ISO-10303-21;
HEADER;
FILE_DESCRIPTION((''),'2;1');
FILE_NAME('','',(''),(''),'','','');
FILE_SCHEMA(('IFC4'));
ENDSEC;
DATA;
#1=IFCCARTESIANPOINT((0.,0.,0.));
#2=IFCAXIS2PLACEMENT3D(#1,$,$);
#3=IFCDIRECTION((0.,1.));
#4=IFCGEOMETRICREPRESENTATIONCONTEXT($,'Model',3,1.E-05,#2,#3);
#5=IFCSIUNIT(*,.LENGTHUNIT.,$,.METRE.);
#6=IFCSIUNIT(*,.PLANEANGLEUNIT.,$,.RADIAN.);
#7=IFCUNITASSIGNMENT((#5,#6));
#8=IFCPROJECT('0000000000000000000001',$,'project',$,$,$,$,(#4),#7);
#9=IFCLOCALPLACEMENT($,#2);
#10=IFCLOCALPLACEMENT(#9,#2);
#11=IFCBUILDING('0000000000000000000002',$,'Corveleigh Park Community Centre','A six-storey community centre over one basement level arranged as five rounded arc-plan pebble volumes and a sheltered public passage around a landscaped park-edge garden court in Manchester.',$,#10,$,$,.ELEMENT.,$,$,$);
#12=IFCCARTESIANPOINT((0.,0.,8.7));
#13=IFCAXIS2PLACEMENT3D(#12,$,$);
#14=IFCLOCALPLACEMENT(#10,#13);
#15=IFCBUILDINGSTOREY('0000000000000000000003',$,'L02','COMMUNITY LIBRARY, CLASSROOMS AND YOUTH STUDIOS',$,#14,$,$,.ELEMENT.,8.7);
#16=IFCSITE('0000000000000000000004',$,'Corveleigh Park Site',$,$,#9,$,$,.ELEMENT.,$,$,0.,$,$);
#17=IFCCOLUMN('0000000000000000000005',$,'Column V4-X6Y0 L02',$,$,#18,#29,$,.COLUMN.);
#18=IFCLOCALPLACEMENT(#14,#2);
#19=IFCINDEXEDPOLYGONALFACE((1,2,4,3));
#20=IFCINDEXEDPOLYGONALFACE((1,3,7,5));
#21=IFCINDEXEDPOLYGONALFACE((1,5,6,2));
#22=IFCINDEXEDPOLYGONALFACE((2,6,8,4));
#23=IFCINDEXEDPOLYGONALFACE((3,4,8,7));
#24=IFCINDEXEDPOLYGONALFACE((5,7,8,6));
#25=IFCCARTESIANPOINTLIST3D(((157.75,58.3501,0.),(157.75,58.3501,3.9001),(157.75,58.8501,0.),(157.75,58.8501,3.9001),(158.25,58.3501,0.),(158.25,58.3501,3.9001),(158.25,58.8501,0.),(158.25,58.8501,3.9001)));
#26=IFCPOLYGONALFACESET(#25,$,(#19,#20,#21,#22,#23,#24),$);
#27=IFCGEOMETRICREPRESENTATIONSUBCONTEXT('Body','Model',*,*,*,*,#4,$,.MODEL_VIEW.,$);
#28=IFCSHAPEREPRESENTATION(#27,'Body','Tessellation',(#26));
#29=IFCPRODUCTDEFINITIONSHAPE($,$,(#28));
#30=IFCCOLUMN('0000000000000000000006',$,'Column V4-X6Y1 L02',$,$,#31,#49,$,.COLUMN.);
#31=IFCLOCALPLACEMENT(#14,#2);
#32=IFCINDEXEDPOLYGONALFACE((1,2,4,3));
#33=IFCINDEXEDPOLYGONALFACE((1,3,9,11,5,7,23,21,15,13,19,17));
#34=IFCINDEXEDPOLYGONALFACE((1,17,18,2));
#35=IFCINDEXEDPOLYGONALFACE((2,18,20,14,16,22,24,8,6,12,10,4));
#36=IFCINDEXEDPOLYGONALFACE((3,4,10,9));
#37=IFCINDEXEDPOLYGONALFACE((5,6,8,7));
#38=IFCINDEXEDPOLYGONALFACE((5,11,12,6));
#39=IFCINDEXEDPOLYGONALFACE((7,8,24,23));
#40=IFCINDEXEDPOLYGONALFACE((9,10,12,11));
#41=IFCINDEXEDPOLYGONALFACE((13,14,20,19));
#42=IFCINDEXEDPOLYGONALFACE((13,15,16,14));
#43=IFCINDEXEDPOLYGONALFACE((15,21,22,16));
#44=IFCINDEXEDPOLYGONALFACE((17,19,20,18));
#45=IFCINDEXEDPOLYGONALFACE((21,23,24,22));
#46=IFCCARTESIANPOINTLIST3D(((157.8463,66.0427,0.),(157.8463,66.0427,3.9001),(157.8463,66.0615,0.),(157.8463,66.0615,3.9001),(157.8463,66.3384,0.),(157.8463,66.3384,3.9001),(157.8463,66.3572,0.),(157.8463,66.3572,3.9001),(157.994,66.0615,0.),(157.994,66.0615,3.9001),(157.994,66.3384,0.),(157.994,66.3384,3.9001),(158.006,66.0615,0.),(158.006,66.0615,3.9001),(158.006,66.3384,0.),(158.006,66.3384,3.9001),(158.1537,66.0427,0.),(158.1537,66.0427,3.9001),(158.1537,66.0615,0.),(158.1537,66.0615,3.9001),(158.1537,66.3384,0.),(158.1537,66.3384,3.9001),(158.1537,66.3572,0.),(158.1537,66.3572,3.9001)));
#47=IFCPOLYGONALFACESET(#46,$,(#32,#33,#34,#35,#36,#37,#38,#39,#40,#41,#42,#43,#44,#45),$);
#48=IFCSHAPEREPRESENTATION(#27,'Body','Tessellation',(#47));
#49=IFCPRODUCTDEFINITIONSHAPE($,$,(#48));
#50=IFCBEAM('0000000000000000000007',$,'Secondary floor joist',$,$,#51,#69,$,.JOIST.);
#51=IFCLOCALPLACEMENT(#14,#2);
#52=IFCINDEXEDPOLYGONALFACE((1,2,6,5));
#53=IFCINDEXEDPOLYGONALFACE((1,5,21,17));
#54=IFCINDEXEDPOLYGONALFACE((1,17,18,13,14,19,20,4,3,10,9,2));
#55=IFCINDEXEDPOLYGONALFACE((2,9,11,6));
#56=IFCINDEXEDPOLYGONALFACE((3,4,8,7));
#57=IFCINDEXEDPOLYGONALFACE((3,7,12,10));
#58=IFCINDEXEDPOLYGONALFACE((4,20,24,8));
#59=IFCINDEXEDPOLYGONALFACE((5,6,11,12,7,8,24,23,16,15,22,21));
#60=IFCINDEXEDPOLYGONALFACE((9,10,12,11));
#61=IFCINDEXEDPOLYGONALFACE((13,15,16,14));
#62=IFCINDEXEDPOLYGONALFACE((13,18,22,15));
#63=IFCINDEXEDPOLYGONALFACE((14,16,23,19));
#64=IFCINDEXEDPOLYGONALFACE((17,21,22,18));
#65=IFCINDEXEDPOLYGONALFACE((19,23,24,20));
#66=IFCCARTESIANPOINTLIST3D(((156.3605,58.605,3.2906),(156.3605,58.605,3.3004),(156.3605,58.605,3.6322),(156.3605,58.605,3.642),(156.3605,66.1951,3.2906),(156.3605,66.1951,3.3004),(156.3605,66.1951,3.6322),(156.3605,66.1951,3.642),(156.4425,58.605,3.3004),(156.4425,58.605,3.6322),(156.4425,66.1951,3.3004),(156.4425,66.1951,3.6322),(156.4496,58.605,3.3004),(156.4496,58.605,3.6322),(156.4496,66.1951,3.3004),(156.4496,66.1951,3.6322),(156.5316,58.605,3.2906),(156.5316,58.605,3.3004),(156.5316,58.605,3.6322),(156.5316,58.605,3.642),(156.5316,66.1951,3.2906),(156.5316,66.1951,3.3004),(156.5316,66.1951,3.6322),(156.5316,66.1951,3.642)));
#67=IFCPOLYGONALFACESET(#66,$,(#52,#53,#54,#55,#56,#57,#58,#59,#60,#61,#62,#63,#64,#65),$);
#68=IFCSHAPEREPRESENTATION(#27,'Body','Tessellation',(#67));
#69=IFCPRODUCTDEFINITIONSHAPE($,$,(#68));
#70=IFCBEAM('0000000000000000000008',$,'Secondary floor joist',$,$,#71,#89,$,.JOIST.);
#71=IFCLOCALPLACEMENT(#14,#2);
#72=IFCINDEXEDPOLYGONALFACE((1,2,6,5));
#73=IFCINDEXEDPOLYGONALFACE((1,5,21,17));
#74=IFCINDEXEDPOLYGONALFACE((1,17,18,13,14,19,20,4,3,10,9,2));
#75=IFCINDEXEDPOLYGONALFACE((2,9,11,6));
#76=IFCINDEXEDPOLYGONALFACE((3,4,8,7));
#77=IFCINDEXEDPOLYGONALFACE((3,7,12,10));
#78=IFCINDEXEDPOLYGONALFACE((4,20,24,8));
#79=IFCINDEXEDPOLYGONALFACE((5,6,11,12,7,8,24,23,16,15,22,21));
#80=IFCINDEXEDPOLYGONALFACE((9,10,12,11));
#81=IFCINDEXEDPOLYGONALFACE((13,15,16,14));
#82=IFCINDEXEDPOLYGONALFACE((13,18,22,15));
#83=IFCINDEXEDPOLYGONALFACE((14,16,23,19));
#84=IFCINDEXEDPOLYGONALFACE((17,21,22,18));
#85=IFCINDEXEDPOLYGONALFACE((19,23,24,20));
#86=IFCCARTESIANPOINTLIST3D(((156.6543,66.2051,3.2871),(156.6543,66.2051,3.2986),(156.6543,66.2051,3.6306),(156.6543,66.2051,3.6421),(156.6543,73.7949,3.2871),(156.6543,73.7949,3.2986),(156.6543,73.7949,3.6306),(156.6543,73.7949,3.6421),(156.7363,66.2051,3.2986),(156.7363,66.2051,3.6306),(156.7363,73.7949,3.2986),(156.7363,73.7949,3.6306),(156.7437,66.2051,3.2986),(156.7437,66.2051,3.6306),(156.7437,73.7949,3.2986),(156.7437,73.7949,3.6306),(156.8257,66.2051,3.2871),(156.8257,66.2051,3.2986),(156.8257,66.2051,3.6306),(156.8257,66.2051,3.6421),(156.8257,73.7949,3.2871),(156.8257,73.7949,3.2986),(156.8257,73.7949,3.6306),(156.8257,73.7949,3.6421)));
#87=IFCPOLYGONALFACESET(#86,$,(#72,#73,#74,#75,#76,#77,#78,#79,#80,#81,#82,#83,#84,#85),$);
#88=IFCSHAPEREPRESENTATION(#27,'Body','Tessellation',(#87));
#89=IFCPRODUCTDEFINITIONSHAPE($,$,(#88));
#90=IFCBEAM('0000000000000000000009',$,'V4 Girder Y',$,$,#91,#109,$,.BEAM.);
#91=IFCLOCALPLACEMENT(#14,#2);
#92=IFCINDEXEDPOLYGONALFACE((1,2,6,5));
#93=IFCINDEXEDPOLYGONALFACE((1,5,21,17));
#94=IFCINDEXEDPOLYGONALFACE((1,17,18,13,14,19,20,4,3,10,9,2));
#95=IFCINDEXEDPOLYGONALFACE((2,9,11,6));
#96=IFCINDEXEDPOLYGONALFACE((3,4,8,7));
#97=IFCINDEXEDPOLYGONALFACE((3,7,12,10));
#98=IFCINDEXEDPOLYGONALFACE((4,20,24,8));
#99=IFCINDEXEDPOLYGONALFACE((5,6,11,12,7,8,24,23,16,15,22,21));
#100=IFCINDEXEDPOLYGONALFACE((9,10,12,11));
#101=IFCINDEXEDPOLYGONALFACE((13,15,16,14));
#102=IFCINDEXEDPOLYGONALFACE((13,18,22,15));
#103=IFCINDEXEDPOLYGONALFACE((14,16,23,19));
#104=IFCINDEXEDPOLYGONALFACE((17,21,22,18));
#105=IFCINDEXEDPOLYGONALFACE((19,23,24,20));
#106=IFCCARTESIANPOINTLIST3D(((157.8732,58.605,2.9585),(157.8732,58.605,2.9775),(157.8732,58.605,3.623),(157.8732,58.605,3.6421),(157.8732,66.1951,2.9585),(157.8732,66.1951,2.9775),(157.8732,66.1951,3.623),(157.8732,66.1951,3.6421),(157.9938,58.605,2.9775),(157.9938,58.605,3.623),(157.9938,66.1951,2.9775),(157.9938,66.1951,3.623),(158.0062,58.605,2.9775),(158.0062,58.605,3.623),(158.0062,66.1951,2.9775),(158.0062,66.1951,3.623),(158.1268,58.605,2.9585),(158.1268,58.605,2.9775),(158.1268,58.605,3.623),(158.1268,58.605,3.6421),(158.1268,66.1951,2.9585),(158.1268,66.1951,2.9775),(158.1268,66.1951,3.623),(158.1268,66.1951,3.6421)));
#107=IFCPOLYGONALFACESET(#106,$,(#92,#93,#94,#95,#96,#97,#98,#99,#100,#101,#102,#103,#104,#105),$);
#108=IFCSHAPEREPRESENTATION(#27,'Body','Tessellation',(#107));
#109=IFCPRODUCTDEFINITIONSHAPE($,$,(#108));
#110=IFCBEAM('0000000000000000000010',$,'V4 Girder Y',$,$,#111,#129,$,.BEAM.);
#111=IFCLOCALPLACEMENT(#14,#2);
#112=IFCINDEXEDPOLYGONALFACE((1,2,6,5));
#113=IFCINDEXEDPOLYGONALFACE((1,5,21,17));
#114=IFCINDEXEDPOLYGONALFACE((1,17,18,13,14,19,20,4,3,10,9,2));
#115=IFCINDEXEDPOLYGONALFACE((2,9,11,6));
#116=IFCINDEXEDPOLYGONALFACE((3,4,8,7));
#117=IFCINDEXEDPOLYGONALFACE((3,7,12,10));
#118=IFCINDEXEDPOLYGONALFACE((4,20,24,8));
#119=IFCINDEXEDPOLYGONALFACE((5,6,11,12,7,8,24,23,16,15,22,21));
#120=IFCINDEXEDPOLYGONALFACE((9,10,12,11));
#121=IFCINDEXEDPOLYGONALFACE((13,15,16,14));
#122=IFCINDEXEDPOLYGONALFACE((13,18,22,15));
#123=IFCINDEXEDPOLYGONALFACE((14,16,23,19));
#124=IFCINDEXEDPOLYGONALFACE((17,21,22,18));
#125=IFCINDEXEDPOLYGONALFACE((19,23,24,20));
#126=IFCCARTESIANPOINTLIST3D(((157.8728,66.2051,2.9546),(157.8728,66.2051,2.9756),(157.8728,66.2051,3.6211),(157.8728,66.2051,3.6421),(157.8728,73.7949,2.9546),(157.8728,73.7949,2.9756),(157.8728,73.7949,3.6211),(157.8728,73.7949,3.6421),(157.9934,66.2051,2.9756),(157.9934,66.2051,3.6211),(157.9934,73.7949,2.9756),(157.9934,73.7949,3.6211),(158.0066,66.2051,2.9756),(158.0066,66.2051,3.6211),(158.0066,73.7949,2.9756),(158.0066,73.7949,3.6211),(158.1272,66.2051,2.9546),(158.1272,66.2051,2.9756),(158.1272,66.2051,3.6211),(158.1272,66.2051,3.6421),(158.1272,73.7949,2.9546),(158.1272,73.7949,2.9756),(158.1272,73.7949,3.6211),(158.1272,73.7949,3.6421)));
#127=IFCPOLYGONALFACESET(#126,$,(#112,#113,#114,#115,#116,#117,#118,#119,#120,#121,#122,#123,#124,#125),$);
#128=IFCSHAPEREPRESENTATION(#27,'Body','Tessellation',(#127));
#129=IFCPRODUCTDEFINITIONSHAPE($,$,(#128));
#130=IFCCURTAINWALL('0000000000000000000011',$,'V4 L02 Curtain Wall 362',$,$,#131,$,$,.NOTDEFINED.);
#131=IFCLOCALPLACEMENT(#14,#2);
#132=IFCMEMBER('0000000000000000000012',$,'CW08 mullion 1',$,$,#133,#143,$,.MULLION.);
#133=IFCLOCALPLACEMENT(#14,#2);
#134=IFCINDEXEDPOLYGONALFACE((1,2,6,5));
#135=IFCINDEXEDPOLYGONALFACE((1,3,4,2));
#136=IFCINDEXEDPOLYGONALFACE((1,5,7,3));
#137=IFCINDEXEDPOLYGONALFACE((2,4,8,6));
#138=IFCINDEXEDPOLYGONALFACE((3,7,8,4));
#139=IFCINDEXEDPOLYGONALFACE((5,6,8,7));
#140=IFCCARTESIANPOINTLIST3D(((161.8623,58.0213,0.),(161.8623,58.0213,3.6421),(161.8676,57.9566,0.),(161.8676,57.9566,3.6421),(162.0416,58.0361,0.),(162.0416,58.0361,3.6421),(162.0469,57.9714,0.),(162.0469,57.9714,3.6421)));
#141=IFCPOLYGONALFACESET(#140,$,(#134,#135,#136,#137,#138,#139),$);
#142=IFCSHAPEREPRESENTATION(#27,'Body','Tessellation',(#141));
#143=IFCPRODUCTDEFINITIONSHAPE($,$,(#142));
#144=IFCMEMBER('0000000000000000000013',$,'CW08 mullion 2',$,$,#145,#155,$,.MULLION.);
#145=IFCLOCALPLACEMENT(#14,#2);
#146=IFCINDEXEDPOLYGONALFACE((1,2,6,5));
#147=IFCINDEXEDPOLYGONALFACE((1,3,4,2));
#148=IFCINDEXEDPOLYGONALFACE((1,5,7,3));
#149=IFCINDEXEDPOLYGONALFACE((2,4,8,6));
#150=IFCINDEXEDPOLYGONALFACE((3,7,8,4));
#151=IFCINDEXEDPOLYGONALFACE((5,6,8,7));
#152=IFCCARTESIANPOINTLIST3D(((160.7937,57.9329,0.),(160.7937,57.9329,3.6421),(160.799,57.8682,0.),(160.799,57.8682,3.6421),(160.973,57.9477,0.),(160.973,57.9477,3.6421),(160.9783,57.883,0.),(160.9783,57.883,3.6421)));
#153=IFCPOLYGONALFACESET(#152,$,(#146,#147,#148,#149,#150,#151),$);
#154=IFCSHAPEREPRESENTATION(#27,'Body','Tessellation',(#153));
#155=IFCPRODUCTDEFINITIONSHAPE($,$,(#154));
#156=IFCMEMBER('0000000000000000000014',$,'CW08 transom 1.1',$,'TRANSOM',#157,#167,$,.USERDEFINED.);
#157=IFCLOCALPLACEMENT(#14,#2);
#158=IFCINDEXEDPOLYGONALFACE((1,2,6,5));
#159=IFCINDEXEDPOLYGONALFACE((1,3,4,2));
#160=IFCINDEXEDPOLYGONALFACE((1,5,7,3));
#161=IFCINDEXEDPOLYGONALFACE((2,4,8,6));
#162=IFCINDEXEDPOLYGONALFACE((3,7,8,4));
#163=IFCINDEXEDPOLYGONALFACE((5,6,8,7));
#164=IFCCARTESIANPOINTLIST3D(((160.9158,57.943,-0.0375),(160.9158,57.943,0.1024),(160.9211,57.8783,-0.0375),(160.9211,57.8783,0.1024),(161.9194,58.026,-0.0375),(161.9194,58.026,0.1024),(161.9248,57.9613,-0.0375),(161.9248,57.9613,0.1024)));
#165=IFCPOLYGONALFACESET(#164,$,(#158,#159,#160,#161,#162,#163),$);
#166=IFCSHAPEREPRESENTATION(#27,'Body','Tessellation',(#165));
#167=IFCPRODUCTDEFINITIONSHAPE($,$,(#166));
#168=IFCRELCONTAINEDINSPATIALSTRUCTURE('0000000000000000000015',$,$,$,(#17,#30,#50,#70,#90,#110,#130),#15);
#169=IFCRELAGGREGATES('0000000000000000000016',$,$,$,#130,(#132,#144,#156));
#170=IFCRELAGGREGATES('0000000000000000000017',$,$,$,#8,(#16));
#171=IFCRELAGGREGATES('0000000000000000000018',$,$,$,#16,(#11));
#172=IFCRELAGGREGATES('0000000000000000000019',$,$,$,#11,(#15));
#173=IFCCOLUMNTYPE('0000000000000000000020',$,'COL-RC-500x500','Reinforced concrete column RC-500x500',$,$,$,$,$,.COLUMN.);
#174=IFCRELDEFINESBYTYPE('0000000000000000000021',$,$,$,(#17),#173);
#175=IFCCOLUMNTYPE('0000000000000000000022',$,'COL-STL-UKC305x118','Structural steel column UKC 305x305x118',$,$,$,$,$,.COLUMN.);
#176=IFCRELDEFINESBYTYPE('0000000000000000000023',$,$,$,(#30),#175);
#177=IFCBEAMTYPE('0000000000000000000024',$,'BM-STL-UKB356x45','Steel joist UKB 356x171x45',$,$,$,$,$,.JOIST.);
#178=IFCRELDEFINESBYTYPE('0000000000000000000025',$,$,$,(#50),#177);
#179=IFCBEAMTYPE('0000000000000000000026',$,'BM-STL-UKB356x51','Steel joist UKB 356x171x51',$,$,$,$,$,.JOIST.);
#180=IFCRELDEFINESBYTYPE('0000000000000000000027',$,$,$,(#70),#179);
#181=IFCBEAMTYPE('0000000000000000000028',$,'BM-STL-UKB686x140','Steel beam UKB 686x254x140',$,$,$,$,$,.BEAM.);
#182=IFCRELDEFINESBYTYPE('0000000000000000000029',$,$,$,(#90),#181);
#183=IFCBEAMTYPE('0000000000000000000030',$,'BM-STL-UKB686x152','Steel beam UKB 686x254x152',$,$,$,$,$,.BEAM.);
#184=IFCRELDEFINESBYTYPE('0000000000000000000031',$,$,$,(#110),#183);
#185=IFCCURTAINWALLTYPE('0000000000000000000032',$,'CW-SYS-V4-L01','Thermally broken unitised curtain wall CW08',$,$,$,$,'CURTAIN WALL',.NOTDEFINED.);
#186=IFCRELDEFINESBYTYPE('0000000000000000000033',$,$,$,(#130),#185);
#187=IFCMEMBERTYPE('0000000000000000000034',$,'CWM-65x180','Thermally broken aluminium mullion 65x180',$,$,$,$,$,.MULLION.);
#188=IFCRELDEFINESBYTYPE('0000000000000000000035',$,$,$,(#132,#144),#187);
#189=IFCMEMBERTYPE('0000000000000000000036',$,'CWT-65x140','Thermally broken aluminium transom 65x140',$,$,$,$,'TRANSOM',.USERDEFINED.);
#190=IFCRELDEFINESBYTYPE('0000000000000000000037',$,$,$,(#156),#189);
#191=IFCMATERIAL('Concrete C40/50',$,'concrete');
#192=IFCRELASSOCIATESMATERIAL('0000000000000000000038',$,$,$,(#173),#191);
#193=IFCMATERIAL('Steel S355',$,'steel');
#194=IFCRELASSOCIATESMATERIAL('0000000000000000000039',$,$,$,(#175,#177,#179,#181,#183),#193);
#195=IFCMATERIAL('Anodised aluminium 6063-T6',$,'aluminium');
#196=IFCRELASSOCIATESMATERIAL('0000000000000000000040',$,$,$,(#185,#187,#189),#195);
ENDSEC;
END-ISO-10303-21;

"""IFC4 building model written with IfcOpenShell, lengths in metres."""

from ifc_helpers import new_model, si_unit, direction, frame, origin, origin_2d, place, context, subcontext, project, spatial, rectangle, i_section, extrude, material, material_profile, profile_set, type_object, element, aggregate, save


model = new_model("IFC4")

# Units and contexts
model_context = context("Model", 3, precision=1e-05, world=origin(), true_north=direction((0.0, 1.0)))
body_context = subcontext(model_context, "Body", "Model", "MODEL_VIEW")
ifc_project = project(units=[si_unit("LENGTHUNIT", "METRE"), si_unit("PLANEANGLEUNIT", "RADIAN")], contexts=[model_context])

# Site, building, storey
site_placement = place(None, origin())
site = spatial("IfcSite", under=ifc_project, at=site_placement, Name="Corveleigh Park Site", CompositionType="ELEMENT", RefElevation=0.0)
building_placement = place(site_placement, origin())
building = spatial("IfcBuilding", under=site, at=building_placement, Name="Corveleigh Park Community Centre", Description="A six-storey community centre over one basement level arranged as five rounded arc-plan pebble volumes and a sheltered public passage around a landscaped park-edge garden court in Manchester.", CompositionType="ELEMENT")
storey_placement = place(building_placement, frame((0.0, 0.0, 8.7)))
storey = spatial("IfcBuildingStorey", under=building, at=storey_placement, Name="L02", Description="COMMUNITY LIBRARY, CLASSROOMS AND YOUTH STUDIOS", CompositionType="ELEMENT", Elevation=8.7)

# Columns
ifc_material_1 = material(Name="Concrete C40/50", Category="concrete")
ifc_material_profile_1 = material_profile(ifc_material_1, rectangle(XDim=0.5, YDim=0.5, at=origin_2d()), Name="RC-500x500", Category="concrete")
ifc_profile_set_1 = profile_set([ifc_material_profile_1], Name="Concrete C40/50")
column_type_1 = type_object("IfcColumnType", Name="COL-RC-500x500", Description="Reinforced concrete column RC-500x500", PredefinedType="COLUMN", material=ifc_profile_set_1)
column_1_placement = place(storey_placement, frame((158.0, 58.6001, 0.0), z_axis=(0.0, 0.0, 1.0), x_axis=(1.0, 0.0, 0.0)))
element("IfcColumn", 1, at=column_1_placement, inside=storey, type_object=column_type_1, Name="Column V4-X6Y0 L02", PredefinedType="COLUMN", context=body_context, shape_type="SweptSolid", body=[
    extrude(rectangle(XDim=0.5, YDim=0.5, at=origin_2d()), origin(), (0.0, 0.0, 1.0), 3.9001),
])
ifc_material_2 = material(Name="Steel S355", Category="steel")
ifc_material_profile_2 = material_profile(ifc_material_2, i_section(OverallWidth=0.3074, OverallDepth=0.3145, WebThickness=0.012, FlangeThickness=0.0188, at=origin_2d()), Name="UKC 305x305x118", Category="steel")
ifc_profile_set_2 = profile_set([ifc_material_profile_2], Name="Steel S355")
column_type_2 = type_object("IfcColumnType", Name="COL-STL-UKC305x118", Description="Structural steel column UKC 305x305x118", PredefinedType="COLUMN", material=ifc_profile_set_2)
column_2_placement = place(storey_placement, frame((158.0, 66.2, 0.0), z_axis=(0.0, 0.0, 1.0), x_axis=(1.0, 0.0, 0.0)))
element("IfcColumn", 2, at=column_2_placement, inside=storey, type_object=column_type_2, Name="Column V4-X6Y1 L02", PredefinedType="COLUMN", context=body_context, shape_type="SweptSolid", body=[
    extrude(i_section(OverallWidth=0.3074, OverallDepth=0.3145, WebThickness=0.012, FlangeThickness=0.0188, at=origin_2d()), origin(), (0.0, 0.0, 1.0), 3.9001),
])

# Beams
ifc_material_profile_3 = material_profile(ifc_material_2, i_section(OverallWidth=0.1711, OverallDepth=0.3513, WebThickness=0.0071, FlangeThickness=0.0098, at=origin_2d()), Name="UKB 356x171x45", Category="steel")
ifc_profile_set_3 = profile_set([ifc_material_profile_3], Name="Steel S355")
beam_type_1 = type_object("IfcBeamType", Name="BM-STL-UKB356x45", Description="Steel joist UKB 356x171x45", PredefinedType="JOIST", material=ifc_profile_set_3)
beam_1_placement = place(storey_placement, frame((156.446, 58.605, 3.4663), z_axis=(0.0, 1.0, 0.0), x_axis=(-1.0, 0.0, 0.0)))
element("IfcBeam", 3, at=beam_1_placement, inside=storey, type_object=beam_type_1, Name="Secondary floor joist", PredefinedType="JOIST", context=body_context, shape_type="SweptSolid", body=[
    extrude(i_section(OverallWidth=0.1711, OverallDepth=0.3513, WebThickness=0.0071, FlangeThickness=0.0098, at=origin_2d()), origin(), (0.0, 0.0, 1.0), 7.5901),
])
ifc_material_profile_4 = material_profile(ifc_material_2, i_section(OverallWidth=0.1714, OverallDepth=0.355, WebThickness=0.0073, FlangeThickness=0.0115, at=origin_2d()), Name="UKB 356x171x51", Category="steel")
ifc_profile_set_4 = profile_set([ifc_material_profile_4], Name="Steel S355")
beam_type_2 = type_object("IfcBeamType", Name="BM-STL-UKB356x51", Description="Steel joist UKB 356x171x51", PredefinedType="JOIST", material=ifc_profile_set_4)
beam_2_placement = place(storey_placement, frame((156.74, 66.2051, 3.4646), z_axis=(0.0, 1.0, 0.0), x_axis=(-1.0, 0.0, 0.0)))
element("IfcBeam", 4, at=beam_2_placement, inside=storey, type_object=beam_type_2, Name="Secondary floor joist", PredefinedType="JOIST", context=body_context, shape_type="SweptSolid", body=[
    extrude(i_section(OverallWidth=0.1714, OverallDepth=0.355, WebThickness=0.0073, FlangeThickness=0.0115, at=origin_2d()), origin(), (0.0, 0.0, 1.0), 7.5898),
])
ifc_material_profile_5 = material_profile(ifc_material_2, i_section(OverallWidth=0.2537, OverallDepth=0.6836, WebThickness=0.0125, FlangeThickness=0.019, at=origin_2d()), Name="UKB 686x254x140", Category="steel")
ifc_profile_set_5 = profile_set([ifc_material_profile_5], Name="Steel S355")
beam_type_3 = type_object("IfcBeamType", Name="BM-STL-UKB686x140", Description="Steel beam UKB 686x254x140", PredefinedType="BEAM", material=ifc_profile_set_5)
beam_3_placement = place(storey_placement, frame((158.0, 58.605, 3.3003), z_axis=(0.0, 1.0, 0.0), x_axis=(-1.0, 0.0, 0.0)))
element("IfcBeam", 5, at=beam_3_placement, inside=storey, type_object=beam_type_3, Name="V4 Girder Y", PredefinedType="BEAM", context=body_context, shape_type="SweptSolid", body=[
    extrude(i_section(OverallWidth=0.2537, OverallDepth=0.6836, WebThickness=0.0125, FlangeThickness=0.019, at=origin_2d()), origin(), (0.0, 0.0, 1.0), 7.5901),
])
ifc_material_profile_6 = material_profile(ifc_material_2, i_section(OverallWidth=0.2544, OverallDepth=0.6875, WebThickness=0.0132, FlangeThickness=0.021, at=origin_2d()), Name="UKB 686x254x152", Category="steel")
ifc_profile_set_6 = profile_set([ifc_material_profile_6], Name="Steel S355")
beam_type_4 = type_object("IfcBeamType", Name="BM-STL-UKB686x152", Description="Steel beam UKB 686x254x152", PredefinedType="BEAM", material=ifc_profile_set_6)
beam_4_placement = place(storey_placement, frame((158.0, 66.2051, 3.2983), z_axis=(0.0, 1.0, 0.0), x_axis=(-1.0, 0.0, 0.0)))
element("IfcBeam", 6, at=beam_4_placement, inside=storey, type_object=beam_type_4, Name="V4 Girder Y", PredefinedType="BEAM", context=body_context, shape_type="SweptSolid", body=[
    extrude(i_section(OverallWidth=0.2544, OverallDepth=0.6875, WebThickness=0.0132, FlangeThickness=0.021, at=origin_2d()), origin(), (0.0, 0.0, 1.0), 7.5898),
])

# Curtain wall, members
ifc_material_3 = material(Name="Anodised aluminium 6063-T6", Category="aluminium")
curtain_wall_type = type_object("IfcCurtainWallType", Name="CW-SYS-V4-L01", Description="Thermally broken unitised curtain wall CW08", ElementType="CURTAIN WALL", PredefinedType="NOTDEFINED", material=ifc_material_3)
curtain_wall_placement = place(storey_placement, origin())
curtain_wall = element("IfcCurtainWall", 7, at=curtain_wall_placement, inside=storey, type_object=curtain_wall_type, Name="V4 L02 Curtain Wall 362", PredefinedType="NOTDEFINED")
ifc_material_profile_7 = material_profile(ifc_material_3, rectangle(XDim=0.0649, YDim=0.1799, at=origin_2d()), Name="ALU-M65x180", Category="aluminium")
ifc_profile_set_7 = profile_set([ifc_material_profile_7], Name="Anodised aluminium 6063-T6")
member_type_1 = type_object("IfcMemberType", Name="CWM-65x180", Description="Thermally broken aluminium mullion 65x180", PredefinedType="MULLION", material=ifc_profile_set_7)
member_1_placement = place(storey_placement, frame((161.9546, 57.9963, 0.0), z_axis=(0.0, 0.0, 1.0), x_axis=(0.082371, -0.996602, 0.0)))
member_1 = element("IfcMember", 8, at=member_1_placement, type_object=member_type_1, Name="CW08 mullion 1", PredefinedType="MULLION", context=body_context, shape_type="SweptSolid", body=[
    extrude(rectangle(XDim=0.0649, YDim=0.1799, at=origin_2d()), origin(), (0.0, 0.0, 1.0), 3.6421),
])
member_2_placement = place(storey_placement, frame((160.886, 57.908, 0.0), z_axis=(0.0, 0.0, 1.0), x_axis=(0.082371, -0.996602, 0.0)))
member_2 = element("IfcMember", 9, at=member_2_placement, type_object=member_type_1, Name="CW08 mullion 2", PredefinedType="MULLION", context=body_context, shape_type="SweptSolid", body=[
    extrude(rectangle(XDim=0.0649, YDim=0.1799, at=origin_2d()), origin(), (0.0, 0.0, 1.0), 3.6421),
])
ifc_material_profile_8 = material_profile(ifc_material_3, rectangle(XDim=0.0649, YDim=0.1399, at=origin_2d()), Name="ALU-T65x140", Category="aluminium")
ifc_profile_set_8 = profile_set([ifc_material_profile_8], Name="Anodised aluminium 6063-T6")
member_type_2 = type_object("IfcMemberType", Name="CWT-65x140", Description="Thermally broken aluminium transom 65x140", ElementType="TRANSOM", PredefinedType="USERDEFINED", material=ifc_profile_set_8)
member_3_placement = place(storey_placement, frame((161.9221, 57.9937, 0.0325), z_axis=(-0.996597, -0.082424, 0.0), x_axis=(0.082424, -0.996597, 0.0)))
member_3 = element("IfcMember", 10, at=member_3_placement, type_object=member_type_2, Name="CW08 transom 1.1", ObjectType="TRANSOM", PredefinedType="USERDEFINED", context=body_context, shape_type="SweptSolid", body=[
    extrude(rectangle(XDim=0.0649, YDim=0.1399, at=origin_2d()), origin(), (0.0, 0.0, 1.0), 1.0071),
])
aggregate(curtain_wall, [member_1, member_2, member_3])

save(model, "model.ifc")
